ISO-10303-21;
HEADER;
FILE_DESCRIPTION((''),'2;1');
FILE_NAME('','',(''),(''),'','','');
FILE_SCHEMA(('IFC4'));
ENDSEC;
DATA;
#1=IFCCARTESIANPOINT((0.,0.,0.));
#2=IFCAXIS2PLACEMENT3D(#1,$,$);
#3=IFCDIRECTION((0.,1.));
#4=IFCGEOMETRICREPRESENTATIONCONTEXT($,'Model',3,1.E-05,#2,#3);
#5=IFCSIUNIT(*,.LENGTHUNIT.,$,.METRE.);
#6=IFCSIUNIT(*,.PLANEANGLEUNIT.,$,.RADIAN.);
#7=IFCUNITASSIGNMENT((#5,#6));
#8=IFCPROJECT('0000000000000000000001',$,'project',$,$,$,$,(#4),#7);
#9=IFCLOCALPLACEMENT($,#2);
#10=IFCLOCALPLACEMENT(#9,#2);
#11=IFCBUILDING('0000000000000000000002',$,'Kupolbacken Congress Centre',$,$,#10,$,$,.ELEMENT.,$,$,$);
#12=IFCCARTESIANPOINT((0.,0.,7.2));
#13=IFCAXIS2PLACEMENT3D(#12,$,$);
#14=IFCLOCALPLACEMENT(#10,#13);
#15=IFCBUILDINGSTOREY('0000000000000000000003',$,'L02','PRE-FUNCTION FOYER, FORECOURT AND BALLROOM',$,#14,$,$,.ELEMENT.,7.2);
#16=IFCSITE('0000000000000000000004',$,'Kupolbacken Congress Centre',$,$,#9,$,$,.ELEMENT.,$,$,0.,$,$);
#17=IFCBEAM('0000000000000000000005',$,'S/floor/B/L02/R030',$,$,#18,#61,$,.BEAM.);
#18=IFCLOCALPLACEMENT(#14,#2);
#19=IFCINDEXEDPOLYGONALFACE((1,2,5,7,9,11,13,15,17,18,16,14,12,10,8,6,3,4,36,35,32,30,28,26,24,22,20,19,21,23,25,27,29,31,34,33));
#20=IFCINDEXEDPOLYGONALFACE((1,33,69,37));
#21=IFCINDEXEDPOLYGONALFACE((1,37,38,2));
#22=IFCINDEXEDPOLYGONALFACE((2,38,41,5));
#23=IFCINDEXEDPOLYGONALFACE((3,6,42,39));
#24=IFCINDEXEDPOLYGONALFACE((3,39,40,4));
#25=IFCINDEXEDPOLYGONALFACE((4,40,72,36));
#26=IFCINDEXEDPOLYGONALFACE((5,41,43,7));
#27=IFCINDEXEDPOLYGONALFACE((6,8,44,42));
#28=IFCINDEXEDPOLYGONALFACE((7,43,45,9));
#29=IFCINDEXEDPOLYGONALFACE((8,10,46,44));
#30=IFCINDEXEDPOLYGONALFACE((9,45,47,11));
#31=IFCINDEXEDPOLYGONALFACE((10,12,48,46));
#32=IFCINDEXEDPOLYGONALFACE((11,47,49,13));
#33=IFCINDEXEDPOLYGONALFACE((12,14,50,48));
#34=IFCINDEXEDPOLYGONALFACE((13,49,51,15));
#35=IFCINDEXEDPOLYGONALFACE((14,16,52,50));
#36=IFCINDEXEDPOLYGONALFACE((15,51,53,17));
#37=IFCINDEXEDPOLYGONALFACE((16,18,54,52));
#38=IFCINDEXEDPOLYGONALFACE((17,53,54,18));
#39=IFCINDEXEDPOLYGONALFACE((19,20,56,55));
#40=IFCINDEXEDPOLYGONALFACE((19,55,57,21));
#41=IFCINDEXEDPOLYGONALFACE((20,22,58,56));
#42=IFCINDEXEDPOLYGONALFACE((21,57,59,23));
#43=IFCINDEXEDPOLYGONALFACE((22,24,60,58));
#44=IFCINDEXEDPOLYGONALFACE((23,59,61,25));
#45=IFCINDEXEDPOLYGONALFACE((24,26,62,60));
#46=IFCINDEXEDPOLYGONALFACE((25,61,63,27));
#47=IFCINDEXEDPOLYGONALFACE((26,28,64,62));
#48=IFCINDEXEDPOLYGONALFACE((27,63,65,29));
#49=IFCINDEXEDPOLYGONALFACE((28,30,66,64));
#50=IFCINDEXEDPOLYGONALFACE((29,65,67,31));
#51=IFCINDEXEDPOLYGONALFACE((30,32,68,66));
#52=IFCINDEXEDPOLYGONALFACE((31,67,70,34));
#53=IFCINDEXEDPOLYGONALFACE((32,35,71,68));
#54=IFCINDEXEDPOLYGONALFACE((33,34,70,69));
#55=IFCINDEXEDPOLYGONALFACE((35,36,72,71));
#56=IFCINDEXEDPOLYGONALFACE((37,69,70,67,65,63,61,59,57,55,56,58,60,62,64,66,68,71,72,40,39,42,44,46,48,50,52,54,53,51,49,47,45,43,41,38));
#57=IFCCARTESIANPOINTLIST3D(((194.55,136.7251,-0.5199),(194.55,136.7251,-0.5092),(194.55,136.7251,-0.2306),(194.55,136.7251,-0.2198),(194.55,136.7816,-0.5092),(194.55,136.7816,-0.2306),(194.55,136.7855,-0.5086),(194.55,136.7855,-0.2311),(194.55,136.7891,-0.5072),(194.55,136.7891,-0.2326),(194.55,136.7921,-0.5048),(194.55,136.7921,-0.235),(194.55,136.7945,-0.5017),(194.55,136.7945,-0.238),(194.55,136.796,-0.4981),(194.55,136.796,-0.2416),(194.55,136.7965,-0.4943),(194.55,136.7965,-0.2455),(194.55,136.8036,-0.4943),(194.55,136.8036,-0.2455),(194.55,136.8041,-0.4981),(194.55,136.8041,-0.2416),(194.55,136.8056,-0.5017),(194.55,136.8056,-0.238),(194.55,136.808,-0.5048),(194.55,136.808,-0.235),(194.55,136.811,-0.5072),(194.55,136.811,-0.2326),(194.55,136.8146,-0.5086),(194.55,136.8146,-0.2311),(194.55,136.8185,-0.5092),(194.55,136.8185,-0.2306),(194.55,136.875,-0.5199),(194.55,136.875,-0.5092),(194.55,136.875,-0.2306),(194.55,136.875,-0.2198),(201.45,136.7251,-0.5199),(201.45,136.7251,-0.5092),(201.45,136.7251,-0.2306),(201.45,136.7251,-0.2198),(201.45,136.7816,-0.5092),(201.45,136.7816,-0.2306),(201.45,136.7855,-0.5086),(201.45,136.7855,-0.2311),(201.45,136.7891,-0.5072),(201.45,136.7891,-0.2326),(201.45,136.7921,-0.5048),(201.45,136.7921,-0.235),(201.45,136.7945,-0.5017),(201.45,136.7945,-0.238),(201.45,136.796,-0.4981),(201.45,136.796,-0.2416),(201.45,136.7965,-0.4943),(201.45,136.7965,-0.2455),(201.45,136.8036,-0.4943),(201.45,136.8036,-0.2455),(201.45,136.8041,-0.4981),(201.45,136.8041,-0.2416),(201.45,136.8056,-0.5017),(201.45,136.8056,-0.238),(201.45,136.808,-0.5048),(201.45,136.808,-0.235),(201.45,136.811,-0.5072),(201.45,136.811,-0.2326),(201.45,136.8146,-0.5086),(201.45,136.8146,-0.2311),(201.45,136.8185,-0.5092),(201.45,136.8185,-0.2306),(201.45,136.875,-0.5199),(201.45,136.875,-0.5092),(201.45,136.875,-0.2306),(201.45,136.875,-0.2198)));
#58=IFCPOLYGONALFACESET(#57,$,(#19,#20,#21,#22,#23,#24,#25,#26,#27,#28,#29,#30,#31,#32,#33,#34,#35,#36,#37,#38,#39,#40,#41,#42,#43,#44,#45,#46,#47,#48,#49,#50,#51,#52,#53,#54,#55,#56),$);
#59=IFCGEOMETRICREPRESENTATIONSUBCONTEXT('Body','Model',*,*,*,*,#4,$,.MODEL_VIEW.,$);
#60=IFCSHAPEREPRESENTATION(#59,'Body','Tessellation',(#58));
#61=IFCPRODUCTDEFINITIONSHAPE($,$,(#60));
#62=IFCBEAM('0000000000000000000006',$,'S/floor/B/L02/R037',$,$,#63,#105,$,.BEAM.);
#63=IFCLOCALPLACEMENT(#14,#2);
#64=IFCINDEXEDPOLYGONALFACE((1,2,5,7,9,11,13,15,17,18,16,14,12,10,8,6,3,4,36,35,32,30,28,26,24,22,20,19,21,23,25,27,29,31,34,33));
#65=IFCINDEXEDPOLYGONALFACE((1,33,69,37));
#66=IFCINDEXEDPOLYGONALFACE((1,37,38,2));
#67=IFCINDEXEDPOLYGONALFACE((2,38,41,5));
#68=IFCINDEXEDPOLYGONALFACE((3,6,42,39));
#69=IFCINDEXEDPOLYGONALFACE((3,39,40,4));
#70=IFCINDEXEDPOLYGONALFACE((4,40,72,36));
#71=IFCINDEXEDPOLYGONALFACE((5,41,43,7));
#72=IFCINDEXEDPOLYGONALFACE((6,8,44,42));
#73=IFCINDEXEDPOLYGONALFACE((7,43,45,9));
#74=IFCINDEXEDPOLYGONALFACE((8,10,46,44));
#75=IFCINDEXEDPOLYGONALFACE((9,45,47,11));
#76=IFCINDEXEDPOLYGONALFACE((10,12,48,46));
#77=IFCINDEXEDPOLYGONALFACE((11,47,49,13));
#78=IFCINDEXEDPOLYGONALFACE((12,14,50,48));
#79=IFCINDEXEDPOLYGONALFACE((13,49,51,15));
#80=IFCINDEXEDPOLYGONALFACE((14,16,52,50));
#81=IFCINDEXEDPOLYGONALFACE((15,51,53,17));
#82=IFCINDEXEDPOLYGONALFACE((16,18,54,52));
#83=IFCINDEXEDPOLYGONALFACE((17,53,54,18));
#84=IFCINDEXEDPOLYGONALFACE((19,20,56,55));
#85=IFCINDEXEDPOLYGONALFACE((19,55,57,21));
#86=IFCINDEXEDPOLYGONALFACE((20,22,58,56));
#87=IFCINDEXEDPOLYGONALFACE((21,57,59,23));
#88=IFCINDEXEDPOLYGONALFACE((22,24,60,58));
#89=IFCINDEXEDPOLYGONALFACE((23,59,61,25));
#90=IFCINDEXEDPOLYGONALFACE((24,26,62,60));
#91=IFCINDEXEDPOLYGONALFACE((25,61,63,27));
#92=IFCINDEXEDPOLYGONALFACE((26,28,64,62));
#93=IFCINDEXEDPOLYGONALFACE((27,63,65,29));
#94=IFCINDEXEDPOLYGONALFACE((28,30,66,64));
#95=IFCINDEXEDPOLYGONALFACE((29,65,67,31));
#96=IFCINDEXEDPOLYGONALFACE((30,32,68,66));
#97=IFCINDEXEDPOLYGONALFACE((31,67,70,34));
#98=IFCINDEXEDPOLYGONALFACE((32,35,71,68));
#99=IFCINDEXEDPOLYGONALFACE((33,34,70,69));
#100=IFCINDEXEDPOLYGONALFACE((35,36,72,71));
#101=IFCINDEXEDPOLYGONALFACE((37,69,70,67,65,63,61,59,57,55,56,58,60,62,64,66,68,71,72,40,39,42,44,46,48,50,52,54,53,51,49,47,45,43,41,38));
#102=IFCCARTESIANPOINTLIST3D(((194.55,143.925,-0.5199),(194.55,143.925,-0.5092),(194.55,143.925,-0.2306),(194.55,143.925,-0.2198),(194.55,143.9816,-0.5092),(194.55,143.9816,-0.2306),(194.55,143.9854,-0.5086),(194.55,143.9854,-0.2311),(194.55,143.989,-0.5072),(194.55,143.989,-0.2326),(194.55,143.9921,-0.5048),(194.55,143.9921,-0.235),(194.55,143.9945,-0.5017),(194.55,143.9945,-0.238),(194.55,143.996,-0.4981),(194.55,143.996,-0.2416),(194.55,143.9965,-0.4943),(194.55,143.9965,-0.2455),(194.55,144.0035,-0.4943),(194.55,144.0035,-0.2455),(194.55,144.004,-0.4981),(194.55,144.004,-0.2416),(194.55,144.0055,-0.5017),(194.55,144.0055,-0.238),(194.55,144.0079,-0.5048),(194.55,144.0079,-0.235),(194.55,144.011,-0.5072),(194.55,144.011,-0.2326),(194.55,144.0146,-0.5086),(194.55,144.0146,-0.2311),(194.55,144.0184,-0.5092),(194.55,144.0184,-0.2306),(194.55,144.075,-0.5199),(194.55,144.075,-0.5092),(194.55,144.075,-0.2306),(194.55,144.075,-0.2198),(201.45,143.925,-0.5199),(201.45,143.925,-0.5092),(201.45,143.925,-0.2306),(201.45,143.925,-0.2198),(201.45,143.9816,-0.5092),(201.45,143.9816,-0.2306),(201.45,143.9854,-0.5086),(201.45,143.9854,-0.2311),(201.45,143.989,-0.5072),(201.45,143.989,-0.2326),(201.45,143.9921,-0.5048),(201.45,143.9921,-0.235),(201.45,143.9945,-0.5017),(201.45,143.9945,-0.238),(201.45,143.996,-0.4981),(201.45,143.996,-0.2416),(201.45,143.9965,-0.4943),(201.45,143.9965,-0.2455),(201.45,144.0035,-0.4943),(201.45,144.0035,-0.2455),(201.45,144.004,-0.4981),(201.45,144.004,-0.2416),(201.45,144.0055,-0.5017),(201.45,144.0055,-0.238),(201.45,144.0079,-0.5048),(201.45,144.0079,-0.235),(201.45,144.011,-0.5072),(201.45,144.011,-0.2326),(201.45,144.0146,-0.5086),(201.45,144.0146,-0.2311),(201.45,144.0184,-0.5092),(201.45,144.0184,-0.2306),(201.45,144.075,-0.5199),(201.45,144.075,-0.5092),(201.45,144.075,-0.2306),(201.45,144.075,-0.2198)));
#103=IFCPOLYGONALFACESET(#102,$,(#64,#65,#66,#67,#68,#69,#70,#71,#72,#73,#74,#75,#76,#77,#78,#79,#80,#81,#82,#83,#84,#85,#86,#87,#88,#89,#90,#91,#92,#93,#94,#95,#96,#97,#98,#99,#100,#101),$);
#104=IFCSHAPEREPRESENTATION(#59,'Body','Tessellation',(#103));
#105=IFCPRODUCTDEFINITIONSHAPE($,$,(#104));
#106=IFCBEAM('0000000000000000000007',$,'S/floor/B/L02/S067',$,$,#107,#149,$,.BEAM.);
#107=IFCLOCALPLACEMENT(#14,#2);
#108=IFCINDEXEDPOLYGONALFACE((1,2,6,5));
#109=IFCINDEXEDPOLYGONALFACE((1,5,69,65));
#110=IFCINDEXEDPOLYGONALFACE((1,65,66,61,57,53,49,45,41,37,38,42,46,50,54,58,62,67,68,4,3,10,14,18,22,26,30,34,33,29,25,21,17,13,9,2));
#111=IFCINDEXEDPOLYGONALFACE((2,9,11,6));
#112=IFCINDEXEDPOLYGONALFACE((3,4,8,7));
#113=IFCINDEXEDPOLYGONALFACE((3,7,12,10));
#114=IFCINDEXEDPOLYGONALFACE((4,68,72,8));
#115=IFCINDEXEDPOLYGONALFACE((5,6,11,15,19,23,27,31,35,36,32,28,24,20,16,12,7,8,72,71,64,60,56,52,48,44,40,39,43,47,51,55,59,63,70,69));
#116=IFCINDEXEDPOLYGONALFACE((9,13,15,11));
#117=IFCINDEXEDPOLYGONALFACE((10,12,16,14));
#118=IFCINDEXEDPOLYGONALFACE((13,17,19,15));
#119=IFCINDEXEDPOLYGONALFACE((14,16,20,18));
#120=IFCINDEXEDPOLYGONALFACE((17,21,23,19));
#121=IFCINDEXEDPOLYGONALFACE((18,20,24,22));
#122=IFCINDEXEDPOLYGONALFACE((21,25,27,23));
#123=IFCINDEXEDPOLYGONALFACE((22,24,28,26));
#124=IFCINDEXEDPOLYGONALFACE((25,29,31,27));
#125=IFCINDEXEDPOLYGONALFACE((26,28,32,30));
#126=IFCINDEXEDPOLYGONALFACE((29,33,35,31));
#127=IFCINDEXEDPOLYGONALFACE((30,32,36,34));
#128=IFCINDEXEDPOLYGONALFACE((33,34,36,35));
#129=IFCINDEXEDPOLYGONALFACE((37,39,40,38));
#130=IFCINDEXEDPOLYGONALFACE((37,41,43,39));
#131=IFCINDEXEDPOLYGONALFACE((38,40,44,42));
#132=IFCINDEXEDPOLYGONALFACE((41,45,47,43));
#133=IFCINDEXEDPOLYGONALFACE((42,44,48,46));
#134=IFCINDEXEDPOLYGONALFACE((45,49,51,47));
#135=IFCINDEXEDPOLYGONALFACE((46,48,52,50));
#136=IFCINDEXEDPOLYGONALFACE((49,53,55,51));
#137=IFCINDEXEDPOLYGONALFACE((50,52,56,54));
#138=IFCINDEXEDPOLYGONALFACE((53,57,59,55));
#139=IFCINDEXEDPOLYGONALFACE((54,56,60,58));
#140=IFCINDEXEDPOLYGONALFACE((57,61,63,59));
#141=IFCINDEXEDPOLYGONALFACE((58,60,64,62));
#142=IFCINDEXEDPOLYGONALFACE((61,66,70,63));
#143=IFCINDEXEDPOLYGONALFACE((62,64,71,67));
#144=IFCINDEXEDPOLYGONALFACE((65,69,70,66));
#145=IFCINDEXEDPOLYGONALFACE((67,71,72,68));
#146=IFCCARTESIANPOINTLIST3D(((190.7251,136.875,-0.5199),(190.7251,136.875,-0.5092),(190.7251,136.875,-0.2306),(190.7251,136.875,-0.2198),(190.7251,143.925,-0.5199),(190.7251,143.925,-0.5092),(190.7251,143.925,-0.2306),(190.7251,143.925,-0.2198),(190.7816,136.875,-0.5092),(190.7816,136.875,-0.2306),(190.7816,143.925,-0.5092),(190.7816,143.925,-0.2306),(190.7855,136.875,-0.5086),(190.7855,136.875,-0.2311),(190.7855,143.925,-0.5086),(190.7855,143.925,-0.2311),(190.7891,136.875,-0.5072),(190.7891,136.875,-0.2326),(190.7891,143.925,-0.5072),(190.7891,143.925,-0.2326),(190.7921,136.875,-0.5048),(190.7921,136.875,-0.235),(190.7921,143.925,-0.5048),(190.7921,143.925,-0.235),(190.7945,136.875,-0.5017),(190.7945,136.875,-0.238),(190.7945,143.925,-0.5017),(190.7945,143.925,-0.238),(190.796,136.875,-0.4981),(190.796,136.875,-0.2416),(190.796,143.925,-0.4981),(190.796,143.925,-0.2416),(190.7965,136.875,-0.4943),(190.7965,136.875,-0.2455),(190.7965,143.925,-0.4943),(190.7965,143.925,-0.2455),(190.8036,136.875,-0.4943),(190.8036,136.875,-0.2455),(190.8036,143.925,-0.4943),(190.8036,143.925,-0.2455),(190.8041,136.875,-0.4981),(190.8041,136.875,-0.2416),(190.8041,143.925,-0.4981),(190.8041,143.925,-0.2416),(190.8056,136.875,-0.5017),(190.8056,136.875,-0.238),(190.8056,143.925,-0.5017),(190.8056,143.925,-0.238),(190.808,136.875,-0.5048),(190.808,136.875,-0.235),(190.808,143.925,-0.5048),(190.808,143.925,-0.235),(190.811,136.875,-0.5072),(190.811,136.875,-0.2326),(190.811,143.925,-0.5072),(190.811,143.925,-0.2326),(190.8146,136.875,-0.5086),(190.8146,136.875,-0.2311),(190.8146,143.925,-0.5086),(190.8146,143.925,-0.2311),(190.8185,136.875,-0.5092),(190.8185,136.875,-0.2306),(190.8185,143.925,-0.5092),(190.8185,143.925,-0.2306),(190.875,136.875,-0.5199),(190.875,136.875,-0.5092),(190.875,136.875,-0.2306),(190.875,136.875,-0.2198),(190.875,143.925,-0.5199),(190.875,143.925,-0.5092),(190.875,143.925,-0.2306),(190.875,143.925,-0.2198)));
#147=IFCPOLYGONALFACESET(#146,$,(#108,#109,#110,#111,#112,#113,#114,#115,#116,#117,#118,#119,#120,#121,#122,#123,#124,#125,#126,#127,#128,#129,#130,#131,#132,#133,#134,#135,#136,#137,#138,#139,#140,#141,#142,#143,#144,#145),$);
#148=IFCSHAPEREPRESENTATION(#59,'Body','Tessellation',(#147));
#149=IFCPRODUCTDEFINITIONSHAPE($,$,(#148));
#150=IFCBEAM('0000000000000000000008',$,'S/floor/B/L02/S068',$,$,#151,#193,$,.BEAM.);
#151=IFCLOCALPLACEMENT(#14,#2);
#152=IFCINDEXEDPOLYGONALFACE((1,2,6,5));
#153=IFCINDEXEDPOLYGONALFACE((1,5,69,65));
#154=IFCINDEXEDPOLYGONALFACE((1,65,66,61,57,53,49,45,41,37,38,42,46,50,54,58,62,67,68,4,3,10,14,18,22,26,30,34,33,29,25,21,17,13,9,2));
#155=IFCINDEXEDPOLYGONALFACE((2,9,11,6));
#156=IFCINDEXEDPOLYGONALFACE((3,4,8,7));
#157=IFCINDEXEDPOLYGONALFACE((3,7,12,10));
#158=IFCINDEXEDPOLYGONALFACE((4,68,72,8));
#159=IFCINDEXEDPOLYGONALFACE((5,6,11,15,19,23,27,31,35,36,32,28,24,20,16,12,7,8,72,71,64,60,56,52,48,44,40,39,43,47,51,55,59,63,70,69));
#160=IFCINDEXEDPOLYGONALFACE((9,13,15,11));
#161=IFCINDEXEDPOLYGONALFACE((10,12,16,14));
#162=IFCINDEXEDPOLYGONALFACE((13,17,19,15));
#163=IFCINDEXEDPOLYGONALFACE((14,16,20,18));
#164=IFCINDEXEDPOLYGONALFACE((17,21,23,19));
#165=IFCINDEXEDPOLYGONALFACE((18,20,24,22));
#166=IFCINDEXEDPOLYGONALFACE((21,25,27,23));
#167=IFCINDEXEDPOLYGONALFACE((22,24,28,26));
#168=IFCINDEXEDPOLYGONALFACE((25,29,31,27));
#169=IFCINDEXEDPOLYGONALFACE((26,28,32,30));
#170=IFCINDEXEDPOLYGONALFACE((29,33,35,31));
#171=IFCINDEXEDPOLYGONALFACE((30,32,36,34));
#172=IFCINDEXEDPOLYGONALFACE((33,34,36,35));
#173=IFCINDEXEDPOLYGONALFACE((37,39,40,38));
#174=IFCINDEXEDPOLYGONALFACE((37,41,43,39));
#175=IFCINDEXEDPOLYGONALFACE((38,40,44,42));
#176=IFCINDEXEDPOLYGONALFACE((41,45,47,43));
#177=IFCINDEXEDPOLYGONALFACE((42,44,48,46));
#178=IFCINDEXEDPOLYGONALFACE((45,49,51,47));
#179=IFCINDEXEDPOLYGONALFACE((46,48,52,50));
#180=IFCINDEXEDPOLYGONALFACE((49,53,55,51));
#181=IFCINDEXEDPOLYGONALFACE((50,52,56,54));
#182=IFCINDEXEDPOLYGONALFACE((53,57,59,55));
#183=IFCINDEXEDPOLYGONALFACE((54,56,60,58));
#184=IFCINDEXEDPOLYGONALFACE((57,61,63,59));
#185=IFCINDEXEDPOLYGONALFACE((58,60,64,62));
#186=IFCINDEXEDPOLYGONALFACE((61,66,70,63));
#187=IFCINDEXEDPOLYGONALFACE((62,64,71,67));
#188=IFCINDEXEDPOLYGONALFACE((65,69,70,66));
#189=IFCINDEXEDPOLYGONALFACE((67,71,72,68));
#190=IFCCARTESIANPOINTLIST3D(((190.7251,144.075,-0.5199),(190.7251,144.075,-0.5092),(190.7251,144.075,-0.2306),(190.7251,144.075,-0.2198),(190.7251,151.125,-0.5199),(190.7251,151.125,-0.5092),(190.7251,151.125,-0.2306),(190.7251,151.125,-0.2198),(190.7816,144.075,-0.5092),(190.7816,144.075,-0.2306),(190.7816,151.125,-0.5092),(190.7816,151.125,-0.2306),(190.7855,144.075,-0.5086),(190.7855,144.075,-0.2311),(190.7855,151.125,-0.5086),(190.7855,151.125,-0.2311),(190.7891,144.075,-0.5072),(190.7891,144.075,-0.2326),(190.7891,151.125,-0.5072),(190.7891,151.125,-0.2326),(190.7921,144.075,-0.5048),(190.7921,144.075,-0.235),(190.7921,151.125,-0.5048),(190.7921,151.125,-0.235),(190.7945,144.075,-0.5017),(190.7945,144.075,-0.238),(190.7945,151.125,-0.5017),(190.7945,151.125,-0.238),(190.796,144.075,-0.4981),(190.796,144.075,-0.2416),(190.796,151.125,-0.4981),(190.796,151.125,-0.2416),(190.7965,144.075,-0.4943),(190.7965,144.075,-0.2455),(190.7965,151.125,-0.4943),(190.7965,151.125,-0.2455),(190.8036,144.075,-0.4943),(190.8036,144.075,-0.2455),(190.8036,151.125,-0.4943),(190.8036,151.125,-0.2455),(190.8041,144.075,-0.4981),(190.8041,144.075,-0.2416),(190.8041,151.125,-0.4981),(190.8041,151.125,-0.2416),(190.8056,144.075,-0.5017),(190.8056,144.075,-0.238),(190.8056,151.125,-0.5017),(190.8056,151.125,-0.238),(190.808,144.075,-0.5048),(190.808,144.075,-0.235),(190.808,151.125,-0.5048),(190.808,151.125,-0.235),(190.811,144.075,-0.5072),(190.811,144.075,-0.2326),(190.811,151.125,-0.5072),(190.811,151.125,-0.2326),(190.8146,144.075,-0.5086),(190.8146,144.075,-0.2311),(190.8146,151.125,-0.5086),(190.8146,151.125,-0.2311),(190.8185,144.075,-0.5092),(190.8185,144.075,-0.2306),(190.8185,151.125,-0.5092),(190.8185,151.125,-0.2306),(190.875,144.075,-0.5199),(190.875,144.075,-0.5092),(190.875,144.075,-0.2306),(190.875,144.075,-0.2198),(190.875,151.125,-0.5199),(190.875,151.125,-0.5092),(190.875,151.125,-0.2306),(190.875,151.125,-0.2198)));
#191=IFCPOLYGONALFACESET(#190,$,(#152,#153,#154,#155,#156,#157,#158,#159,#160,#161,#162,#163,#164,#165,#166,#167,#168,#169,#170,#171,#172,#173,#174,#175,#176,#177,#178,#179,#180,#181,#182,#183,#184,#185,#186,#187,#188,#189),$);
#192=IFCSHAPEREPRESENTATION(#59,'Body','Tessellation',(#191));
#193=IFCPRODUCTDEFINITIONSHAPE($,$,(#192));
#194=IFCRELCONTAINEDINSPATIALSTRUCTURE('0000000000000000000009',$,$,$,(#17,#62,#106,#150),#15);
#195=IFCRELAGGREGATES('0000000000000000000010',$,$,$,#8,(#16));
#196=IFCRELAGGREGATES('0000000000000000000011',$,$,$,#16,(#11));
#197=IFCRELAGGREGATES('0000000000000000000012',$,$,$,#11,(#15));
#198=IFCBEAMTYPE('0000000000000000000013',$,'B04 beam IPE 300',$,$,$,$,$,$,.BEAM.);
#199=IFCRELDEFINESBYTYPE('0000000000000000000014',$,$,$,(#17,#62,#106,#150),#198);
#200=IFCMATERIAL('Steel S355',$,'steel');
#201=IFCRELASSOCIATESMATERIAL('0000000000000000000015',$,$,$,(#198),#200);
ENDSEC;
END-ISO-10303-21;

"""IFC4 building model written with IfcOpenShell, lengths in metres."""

from ifc_helpers import new_model, si_unit, direction, frame, origin, origin_2d, place, context, subcontext, project, spatial, i_section, extrude, material, material_profile, profile_set, type_object, element, save


model = new_model("IFC4")

# Units and contexts
model_context = context("Model", 3, precision=1e-05, world=origin(), true_north=direction((0.0, 1.0)))
body_context = subcontext(model_context, "Body", "Model", "MODEL_VIEW")
ifc_project = project(units=[si_unit("LENGTHUNIT", "METRE"), si_unit("PLANEANGLEUNIT", "RADIAN")], contexts=[model_context])

# Site, building, storey
site_placement = place(None, origin())
site = spatial("IfcSite", under=ifc_project, at=site_placement, Name="Kupolbacken Congress Centre", CompositionType="ELEMENT", RefElevation=0.0)
building_placement = place(site_placement, origin())
building = spatial("IfcBuilding", under=site, at=building_placement, Name="Kupolbacken Congress Centre", CompositionType="ELEMENT")
storey_placement = place(building_placement, frame((0.0, 0.0, 7.2)))
storey = spatial("IfcBuildingStorey", under=building, at=storey_placement, Name="L02", Description="PRE-FUNCTION FOYER, FORECOURT AND BALLROOM", CompositionType="ELEMENT", Elevation=7.2)

# Beams
ifc_material_1 = material(Name="Steel S355", Category="steel")
ifc_material_profile_1 = material_profile(ifc_material_1, i_section(OverallWidth=0.1499, OverallDepth=0.3, WebThickness=0.0071, FlangeThickness=0.0107, FilletRadius=0.0149, at=origin_2d()), Name="IPE 300")
ifc_profile_set_1 = profile_set([ifc_material_profile_1], Name="Steel S355")
beam_type_1 = type_object("IfcBeamType", Name="B04 beam IPE 300", PredefinedType="BEAM", material=ifc_profile_set_1)
for number, where, z_axis, x_axis, name in (
    (1, (194.55, 136.8, -0.3699), (1.0, 0.0, 0.0), (0.0, 1.0, 0.0), "S/floor/B/L02/R030"),
    (2, (194.55, 144.0, -0.3699), (1.0, 0.0, 0.0), (0.0, 1.0, 0.0), "S/floor/B/L02/R037"),
):
    element("IfcBeam", number, at=place(storey_placement, frame(where, z_axis=z_axis, x_axis=x_axis)), inside=storey, type_object=beam_type_1, Name=name, PredefinedType="BEAM", context=body_context, shape_type="SweptSolid", body=[
        extrude(i_section(OverallWidth=0.1499, OverallDepth=0.3, WebThickness=0.0071, FlangeThickness=0.0107, FilletRadius=0.0149, at=origin_2d()), origin(), (0.0, 0.0, 1.0), 6.8999),
    ])
for number, where, z_axis, x_axis, name in (
    (3, (190.8, 136.875, -0.3699), (0.0, 1.0, 0.0), (-1.0, 0.0, 0.0), "S/floor/B/L02/S067"),
    (4, (190.8, 144.075, -0.3699), (0.0, 1.0, 0.0), (-1.0, 0.0, 0.0), "S/floor/B/L02/S068"),
):
    element("IfcBeam", number, at=place(storey_placement, frame(where, z_axis=z_axis, x_axis=x_axis)), inside=storey, type_object=beam_type_1, Name=name, PredefinedType="BEAM", context=body_context, shape_type="SweptSolid", body=[
        extrude(i_section(OverallWidth=0.1499, OverallDepth=0.3, WebThickness=0.0071, FlangeThickness=0.0107, FilletRadius=0.0149, at=origin_2d()), origin(), (0.0, 0.0, 1.0), 7.05),
    ])

save(model, "model.ifc")
